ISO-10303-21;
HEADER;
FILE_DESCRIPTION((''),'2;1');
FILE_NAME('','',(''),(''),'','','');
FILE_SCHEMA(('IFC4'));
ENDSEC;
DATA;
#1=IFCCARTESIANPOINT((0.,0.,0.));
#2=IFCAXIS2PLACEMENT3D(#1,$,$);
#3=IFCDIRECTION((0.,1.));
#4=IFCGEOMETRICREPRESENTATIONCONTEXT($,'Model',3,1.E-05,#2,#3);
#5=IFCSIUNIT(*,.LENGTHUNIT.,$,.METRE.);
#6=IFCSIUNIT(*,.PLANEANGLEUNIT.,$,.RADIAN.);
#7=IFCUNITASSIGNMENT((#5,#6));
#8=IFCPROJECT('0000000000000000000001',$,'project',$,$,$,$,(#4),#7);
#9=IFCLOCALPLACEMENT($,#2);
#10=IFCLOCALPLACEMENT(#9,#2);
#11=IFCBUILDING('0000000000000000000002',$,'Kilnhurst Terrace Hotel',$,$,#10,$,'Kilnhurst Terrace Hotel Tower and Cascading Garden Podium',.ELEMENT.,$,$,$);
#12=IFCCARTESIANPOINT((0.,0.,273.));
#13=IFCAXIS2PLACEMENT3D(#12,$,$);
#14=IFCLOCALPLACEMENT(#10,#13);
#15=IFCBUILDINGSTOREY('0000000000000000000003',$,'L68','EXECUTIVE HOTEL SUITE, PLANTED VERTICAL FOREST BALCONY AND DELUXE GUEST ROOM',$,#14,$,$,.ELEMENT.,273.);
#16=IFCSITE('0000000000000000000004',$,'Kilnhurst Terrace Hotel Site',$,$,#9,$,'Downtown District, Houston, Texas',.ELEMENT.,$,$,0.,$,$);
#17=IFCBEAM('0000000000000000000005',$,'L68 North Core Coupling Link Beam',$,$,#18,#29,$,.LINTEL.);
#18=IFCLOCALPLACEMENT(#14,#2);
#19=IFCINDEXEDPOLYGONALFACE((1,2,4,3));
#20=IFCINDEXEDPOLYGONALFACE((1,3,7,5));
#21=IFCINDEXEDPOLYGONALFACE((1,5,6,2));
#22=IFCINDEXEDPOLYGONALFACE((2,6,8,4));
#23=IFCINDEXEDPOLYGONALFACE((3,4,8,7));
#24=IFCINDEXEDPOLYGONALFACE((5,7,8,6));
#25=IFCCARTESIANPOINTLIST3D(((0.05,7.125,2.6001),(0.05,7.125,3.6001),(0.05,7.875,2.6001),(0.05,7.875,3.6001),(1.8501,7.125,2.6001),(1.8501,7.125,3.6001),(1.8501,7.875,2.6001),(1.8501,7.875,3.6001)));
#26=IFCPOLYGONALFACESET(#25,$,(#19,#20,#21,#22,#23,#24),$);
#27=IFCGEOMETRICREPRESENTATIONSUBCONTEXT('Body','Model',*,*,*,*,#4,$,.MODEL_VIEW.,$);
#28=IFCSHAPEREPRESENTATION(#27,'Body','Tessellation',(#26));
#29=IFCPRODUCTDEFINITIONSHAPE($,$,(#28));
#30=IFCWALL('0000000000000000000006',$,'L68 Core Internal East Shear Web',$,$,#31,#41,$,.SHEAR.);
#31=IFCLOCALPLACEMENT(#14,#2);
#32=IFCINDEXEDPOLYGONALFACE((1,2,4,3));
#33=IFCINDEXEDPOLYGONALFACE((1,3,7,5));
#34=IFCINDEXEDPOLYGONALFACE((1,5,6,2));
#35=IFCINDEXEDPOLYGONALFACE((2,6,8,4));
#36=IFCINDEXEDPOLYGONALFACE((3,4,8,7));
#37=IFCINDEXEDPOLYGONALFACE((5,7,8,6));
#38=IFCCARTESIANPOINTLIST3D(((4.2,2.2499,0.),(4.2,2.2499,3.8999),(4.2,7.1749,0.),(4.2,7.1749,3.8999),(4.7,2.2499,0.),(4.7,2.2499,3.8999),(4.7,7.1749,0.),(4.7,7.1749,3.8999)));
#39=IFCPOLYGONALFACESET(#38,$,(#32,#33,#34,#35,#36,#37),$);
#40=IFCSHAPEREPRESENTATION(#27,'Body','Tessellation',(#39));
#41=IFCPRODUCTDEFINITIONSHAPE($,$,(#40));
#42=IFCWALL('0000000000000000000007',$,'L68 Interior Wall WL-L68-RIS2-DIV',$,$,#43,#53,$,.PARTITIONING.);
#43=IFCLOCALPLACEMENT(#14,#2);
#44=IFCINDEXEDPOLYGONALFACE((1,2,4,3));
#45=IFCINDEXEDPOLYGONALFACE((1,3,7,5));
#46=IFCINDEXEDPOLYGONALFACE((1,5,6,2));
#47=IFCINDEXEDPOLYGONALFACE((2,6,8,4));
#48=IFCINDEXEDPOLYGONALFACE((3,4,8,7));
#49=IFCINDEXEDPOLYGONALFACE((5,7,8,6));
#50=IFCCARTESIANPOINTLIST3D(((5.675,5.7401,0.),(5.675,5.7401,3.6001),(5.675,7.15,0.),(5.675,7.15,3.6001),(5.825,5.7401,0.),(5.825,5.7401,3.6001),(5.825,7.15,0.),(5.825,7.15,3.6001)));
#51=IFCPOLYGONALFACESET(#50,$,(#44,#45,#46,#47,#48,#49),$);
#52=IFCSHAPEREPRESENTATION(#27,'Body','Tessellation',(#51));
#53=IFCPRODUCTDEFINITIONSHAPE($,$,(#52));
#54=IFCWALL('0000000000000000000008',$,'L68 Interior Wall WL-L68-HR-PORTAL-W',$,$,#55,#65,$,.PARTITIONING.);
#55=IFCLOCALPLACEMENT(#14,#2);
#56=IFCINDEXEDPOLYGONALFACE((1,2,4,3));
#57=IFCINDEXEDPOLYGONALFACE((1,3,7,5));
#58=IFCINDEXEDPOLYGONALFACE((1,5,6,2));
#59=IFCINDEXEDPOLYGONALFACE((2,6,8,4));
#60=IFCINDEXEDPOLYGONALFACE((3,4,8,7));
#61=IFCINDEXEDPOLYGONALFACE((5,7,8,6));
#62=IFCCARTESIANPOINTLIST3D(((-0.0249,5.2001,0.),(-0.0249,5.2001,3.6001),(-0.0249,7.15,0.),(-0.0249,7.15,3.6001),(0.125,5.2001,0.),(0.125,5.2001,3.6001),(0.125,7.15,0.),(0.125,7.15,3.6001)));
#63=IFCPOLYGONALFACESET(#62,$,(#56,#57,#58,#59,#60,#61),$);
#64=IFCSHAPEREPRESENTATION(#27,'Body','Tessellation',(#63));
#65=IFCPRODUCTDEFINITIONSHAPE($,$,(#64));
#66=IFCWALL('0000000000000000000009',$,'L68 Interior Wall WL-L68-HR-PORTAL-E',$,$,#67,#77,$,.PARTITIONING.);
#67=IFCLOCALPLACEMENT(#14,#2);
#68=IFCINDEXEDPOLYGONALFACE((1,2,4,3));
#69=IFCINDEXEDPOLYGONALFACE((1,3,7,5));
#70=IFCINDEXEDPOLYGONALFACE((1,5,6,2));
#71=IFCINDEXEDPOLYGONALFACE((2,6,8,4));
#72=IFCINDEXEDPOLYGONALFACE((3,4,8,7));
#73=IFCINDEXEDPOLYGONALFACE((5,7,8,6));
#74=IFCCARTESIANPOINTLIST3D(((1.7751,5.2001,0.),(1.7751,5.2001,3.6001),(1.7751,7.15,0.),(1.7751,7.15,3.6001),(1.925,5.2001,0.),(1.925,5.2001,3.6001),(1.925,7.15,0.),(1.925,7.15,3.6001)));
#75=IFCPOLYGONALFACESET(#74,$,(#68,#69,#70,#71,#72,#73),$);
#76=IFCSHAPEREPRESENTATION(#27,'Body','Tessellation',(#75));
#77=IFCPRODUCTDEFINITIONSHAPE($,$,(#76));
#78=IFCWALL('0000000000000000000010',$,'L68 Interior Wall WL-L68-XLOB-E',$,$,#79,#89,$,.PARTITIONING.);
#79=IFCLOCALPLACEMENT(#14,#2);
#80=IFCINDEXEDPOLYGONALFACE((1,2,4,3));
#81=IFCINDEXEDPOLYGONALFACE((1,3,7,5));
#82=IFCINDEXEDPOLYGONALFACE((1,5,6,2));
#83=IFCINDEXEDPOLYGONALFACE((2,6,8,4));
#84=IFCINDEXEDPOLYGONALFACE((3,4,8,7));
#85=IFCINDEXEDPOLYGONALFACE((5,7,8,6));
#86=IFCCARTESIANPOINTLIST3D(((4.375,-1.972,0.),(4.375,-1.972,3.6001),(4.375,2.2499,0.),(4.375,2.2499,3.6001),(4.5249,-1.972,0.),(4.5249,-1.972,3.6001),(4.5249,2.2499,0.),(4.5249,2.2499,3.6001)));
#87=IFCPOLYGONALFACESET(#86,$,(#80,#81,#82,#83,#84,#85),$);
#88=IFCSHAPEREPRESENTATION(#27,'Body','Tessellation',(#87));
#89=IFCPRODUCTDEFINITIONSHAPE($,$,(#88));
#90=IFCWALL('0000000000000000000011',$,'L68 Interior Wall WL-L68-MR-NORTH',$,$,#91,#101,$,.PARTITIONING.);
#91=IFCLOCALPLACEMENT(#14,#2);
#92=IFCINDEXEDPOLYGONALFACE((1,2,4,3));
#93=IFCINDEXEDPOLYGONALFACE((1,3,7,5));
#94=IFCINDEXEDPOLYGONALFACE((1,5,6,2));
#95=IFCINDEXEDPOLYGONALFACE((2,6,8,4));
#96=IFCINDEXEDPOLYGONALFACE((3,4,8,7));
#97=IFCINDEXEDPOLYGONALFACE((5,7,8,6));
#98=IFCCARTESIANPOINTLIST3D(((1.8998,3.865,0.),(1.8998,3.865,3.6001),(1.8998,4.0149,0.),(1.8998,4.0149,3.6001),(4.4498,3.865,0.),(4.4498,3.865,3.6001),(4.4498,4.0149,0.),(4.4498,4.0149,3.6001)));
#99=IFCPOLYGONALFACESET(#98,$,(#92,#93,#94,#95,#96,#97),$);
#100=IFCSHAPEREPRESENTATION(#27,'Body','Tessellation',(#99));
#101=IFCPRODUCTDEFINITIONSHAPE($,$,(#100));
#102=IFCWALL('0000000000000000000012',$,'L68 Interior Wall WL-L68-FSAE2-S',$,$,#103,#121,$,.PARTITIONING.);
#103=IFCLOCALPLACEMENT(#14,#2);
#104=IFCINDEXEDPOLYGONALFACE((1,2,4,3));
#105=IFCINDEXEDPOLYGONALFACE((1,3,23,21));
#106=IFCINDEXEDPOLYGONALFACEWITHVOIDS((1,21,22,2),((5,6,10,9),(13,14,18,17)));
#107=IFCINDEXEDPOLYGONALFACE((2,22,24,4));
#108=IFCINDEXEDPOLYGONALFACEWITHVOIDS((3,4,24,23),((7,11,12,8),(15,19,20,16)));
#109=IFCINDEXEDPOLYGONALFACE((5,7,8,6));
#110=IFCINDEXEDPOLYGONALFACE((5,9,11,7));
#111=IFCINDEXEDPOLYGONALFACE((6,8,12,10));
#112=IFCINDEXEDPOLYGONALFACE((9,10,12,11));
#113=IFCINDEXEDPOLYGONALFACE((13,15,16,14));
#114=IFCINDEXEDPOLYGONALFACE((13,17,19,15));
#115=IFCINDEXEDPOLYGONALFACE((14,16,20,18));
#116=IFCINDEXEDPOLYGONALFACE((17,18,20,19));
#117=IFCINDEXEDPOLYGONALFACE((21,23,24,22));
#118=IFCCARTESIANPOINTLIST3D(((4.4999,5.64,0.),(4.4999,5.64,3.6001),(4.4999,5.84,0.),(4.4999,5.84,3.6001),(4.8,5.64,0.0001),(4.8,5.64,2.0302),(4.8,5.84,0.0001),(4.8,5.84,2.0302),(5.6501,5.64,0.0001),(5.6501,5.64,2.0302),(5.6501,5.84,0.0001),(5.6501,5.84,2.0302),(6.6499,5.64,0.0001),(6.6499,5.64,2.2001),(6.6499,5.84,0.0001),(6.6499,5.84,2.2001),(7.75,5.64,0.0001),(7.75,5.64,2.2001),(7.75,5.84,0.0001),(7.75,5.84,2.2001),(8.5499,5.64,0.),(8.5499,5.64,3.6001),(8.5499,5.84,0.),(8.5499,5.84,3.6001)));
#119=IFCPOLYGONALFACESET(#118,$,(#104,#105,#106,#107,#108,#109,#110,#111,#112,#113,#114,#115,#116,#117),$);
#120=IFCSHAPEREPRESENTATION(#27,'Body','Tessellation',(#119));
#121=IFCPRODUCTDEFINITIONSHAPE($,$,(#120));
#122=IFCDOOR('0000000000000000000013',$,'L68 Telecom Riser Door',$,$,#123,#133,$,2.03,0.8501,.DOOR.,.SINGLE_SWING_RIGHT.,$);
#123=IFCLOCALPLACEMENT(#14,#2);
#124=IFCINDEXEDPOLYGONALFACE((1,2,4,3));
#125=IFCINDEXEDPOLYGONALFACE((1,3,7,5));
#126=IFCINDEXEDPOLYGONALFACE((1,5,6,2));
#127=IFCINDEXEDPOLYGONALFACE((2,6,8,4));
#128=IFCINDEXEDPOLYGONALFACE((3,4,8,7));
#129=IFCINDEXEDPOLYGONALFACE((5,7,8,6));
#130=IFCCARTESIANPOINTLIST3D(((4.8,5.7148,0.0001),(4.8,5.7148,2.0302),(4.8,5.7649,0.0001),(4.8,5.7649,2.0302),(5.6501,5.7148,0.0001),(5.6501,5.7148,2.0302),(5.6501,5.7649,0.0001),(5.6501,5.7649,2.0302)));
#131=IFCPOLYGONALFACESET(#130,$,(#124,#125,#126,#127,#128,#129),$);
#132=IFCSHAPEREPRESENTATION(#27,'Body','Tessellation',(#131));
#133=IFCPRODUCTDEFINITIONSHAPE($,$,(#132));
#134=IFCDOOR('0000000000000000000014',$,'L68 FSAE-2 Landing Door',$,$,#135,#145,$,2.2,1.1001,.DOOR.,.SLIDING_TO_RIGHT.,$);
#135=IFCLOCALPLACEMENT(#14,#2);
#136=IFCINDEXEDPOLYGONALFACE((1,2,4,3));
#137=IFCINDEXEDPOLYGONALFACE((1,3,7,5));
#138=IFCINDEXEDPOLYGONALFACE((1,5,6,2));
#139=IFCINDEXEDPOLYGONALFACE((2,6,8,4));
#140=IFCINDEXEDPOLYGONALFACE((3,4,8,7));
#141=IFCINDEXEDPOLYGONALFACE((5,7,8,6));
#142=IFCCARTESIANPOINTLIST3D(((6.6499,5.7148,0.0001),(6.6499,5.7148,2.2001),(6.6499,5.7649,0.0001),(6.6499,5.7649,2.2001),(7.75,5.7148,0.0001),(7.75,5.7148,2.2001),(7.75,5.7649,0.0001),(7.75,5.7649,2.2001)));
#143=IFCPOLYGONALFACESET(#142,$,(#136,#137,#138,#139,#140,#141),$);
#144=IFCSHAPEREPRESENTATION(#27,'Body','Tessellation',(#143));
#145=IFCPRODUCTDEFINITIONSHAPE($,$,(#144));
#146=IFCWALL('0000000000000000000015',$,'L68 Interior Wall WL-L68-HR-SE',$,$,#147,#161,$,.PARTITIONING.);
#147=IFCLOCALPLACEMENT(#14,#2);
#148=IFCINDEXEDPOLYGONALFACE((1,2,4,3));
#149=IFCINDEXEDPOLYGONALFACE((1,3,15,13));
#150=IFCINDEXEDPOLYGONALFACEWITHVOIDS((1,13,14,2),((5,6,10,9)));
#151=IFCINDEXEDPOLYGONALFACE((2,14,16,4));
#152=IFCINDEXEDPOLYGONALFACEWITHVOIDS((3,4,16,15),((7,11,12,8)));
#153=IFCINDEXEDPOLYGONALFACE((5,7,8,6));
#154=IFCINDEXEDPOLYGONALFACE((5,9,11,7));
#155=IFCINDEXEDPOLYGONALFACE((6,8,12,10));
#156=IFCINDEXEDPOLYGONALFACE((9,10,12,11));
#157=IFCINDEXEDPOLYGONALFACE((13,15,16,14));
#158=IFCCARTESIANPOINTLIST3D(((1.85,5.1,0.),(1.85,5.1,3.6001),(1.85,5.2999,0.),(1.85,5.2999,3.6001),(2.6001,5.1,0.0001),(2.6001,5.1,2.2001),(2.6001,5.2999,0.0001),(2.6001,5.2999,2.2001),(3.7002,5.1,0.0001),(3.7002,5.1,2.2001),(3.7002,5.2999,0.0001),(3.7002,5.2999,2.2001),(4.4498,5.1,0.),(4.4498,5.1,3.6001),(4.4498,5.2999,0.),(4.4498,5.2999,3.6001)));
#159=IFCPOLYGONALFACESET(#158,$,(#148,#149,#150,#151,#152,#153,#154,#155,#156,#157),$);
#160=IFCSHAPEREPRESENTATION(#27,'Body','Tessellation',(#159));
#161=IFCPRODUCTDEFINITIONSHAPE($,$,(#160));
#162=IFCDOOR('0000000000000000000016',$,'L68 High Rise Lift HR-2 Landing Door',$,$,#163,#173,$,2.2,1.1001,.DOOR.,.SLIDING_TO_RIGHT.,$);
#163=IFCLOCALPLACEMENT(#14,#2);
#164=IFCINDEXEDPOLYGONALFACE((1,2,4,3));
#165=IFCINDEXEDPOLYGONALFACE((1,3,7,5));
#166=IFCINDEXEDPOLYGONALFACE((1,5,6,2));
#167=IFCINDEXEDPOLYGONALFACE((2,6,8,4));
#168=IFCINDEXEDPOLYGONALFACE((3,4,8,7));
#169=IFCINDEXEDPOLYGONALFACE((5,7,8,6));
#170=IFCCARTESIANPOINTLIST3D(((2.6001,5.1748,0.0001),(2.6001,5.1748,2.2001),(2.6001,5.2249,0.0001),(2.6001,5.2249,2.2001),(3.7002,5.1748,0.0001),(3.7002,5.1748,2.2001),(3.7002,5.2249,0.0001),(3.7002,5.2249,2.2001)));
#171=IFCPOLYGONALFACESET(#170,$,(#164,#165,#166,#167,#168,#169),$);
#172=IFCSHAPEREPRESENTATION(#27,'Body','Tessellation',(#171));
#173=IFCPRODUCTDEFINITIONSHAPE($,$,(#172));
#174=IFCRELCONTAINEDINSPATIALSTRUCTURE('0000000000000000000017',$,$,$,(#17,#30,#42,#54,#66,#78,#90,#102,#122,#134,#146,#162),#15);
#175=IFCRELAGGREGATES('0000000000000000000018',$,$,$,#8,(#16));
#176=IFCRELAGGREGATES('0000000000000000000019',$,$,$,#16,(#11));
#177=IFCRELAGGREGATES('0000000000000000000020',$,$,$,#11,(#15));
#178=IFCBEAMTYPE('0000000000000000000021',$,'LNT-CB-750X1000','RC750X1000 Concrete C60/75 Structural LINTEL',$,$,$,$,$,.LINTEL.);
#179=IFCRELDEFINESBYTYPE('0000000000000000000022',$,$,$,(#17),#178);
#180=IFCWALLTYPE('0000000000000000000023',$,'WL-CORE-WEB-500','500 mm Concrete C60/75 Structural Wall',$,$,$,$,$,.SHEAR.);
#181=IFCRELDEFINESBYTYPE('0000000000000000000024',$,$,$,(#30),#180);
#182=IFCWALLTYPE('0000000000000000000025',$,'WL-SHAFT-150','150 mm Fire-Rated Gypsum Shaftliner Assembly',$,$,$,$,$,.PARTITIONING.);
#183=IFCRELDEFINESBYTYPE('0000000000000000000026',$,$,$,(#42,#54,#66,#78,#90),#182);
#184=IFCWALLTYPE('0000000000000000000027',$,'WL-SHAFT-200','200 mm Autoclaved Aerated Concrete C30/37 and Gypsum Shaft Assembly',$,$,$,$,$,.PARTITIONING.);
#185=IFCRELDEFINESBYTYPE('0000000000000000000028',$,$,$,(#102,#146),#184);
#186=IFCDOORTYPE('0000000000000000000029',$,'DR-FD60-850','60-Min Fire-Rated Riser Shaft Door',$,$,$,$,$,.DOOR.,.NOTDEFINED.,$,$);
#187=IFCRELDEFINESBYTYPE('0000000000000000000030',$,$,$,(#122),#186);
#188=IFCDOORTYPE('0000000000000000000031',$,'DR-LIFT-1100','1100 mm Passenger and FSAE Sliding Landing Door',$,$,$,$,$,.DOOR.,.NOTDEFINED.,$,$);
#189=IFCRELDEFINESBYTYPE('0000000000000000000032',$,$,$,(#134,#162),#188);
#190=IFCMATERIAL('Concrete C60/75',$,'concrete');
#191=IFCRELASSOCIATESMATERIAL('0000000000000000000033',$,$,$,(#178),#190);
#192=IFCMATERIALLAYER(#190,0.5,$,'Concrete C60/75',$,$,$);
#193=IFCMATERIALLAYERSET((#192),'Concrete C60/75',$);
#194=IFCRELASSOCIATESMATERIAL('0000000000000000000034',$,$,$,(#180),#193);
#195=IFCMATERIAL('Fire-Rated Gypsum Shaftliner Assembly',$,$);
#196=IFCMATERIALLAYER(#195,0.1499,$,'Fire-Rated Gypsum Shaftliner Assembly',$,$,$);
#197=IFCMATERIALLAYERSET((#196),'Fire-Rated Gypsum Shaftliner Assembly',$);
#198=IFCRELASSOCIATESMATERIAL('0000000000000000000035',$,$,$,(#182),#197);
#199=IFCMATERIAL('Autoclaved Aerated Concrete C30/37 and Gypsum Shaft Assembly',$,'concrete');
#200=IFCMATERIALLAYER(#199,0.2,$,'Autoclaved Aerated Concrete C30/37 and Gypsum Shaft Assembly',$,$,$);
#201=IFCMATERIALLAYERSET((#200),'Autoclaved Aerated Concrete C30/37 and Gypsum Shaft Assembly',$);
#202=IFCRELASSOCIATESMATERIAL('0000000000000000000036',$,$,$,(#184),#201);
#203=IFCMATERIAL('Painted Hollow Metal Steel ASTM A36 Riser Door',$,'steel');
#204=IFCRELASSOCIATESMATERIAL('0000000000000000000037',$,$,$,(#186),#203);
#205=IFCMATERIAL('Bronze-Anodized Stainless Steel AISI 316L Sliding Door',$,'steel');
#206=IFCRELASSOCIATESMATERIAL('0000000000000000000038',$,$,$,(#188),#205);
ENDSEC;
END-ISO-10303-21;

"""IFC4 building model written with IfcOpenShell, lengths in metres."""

from ifc_helpers import new_model, si_unit, direction, frame, frame_2d, origin, origin_2d, place, context, subcontext, project, spatial, rectangle, extrude, material, layer, layer_set, material_profile, profile_set, type_object, element, fill, save


model = new_model("IFC4")

# Units and contexts
model_context = context("Model", 3, precision=1e-05, world=origin(), true_north=direction((0.0, 1.0)))
body_context = subcontext(model_context, "Body", "Model", "MODEL_VIEW")
ifc_project = project(units=[si_unit("LENGTHUNIT", "METRE"), si_unit("PLANEANGLEUNIT", "RADIAN")], contexts=[model_context])

# Site, building, storey
site_placement = place(None, origin())
site = spatial("IfcSite", under=ifc_project, at=site_placement, Name="Kilnhurst Terrace Hotel Site", LongName="Downtown District, Houston, Texas", CompositionType="ELEMENT", RefElevation=0.0)
building_placement = place(site_placement, origin())
building = spatial("IfcBuilding", under=site, at=building_placement, Name="Kilnhurst Terrace Hotel", LongName="Kilnhurst Terrace Hotel Tower and Cascading Garden Podium", CompositionType="ELEMENT")
storey_placement = place(building_placement, frame((0.0, 0.0, 273.0)))
storey = spatial("IfcBuildingStorey", under=building, at=storey_placement, Name="L68", Description="EXECUTIVE HOTEL SUITE, PLANTED VERTICAL FOREST BALCONY AND DELUXE GUEST ROOM", CompositionType="ELEMENT", Elevation=273.0)

# Beam
ifc_material_1 = material(Name="Concrete C60/75", Category="concrete")
ifc_material_profile = material_profile(ifc_material_1, rectangle(XDim=0.75, YDim=1.0, at=origin_2d()), Name="RC750X1000")
ifc_profile_set = profile_set([ifc_material_profile], Name="Concrete C60/75")
beam_type = type_object("IfcBeamType", Name="LNT-CB-750X1000", Description="RC750X1000 Concrete C60/75 Structural LINTEL", PredefinedType="LINTEL", material=ifc_profile_set)
beam_placement = place(storey_placement, frame((0.05, 7.5, 3.1001), z_axis=(1.0, 0.0, 0.0), x_axis=(0.0, 1.0, 0.0)))
element("IfcBeam", 1, at=beam_placement, inside=storey, type_object=beam_type, Name="L68 North Core Coupling Link Beam", PredefinedType="LINTEL", context=body_context, shape_type="SweptSolid", body=[
    extrude(rectangle(XDim=0.75, YDim=1.0, at=origin_2d()), origin(), (0.0, 0.0, 1.0), 1.8),
])

# Walls
ifc_layer_1 = layer(ifc_material_1, 0.5, Name="Concrete C60/75")
ifc_layer_set_1 = layer_set([ifc_layer_1], Name="Concrete C60/75")
wall_type_1 = type_object("IfcWallType", Name="WL-CORE-WEB-500", Description="500 mm Concrete C60/75 Structural Wall", PredefinedType="SHEAR", material=ifc_layer_set_1)
wall_1_placement = place(storey_placement, frame((4.45, 2.25, 0.0), z_axis=(0.0, 0.0, 1.0), x_axis=(0.0, 1.0, 0.0)))
element("IfcWall", 2, at=wall_1_placement, inside=storey, type_object=wall_type_1, Name="L68 Core Internal East Shear Web", PredefinedType="SHEAR", context=body_context, shape_type="SweptSolid", body=[
    extrude(rectangle(XDim=4.925, YDim=0.5, at=frame_2d((2.4624, 0.0))), origin(), (0.0, 0.0, 1.0), 3.8999),
])
ifc_material_2 = material(Name="Fire-Rated Gypsum Shaftliner Assembly")
ifc_layer_2 = layer(ifc_material_2, 0.1499, Name="Fire-Rated Gypsum Shaftliner Assembly")
ifc_layer_set_2 = layer_set([ifc_layer_2], Name="Fire-Rated Gypsum Shaftliner Assembly")
wall_type_2 = type_object("IfcWallType", Name="WL-SHAFT-150", Description="150 mm Fire-Rated Gypsum Shaftliner Assembly", PredefinedType="PARTITIONING", material=ifc_layer_set_2)
wall_2_placement = place(storey_placement, frame((5.75, 5.74, 0.0), z_axis=(0.0, 0.0, 1.0), x_axis=(0.0, 1.0, 0.0)))
element("IfcWall", 3, at=wall_2_placement, inside=storey, type_object=wall_type_2, Name="L68 Interior Wall WL-L68-RIS2-DIV", PredefinedType="PARTITIONING", context=body_context, shape_type="SweptSolid", body=[
    extrude(rectangle(XDim=1.4099, YDim=0.1499, at=frame_2d((0.7051, 0.0))), origin(), (0.0, 0.0, 1.0), 3.6001),
])
for number, where, z_axis, x_axis, name in (
    (4, (0.05, 5.2, 0.0), (0.0, 0.0, 1.0), (0.0, 1.0, 0.0), "L68 Interior Wall WL-L68-HR-PORTAL-W"),
    (5, (1.8501, 5.2, 0.0), (0.0, 0.0, 1.0), (0.0, 1.0, 0.0), "L68 Interior Wall WL-L68-HR-PORTAL-E"),
):
    element("IfcWall", number, at=place(storey_placement, frame(where, z_axis=z_axis, x_axis=x_axis)), inside=storey, type_object=wall_type_2, Name=name, PredefinedType="PARTITIONING", context=body_context, shape_type="SweptSolid", body=[
        extrude(rectangle(XDim=1.95, YDim=0.1499, at=frame_2d((0.9751, 0.0))), origin(), (0.0, 0.0, 1.0), 3.6001),
    ])
wall_3_placement = place(storey_placement, frame((4.45, -1.9719, 0.0), z_axis=(0.0, 0.0, 1.0), x_axis=(0.0, 1.0, 0.0)))
element("IfcWall", 6, at=wall_3_placement, inside=storey, type_object=wall_type_2, Name="L68 Interior Wall WL-L68-XLOB-E", PredefinedType="PARTITIONING", context=body_context, shape_type="SweptSolid", body=[
    extrude(rectangle(XDim=4.2219, YDim=0.1499, at=frame_2d((2.1108, 0.0))), origin(), (0.0, 0.0, 1.0), 3.6001),
])
wall_4_placement = place(storey_placement, frame((1.8999, 3.9399, 0.0), z_axis=(0.0, 0.0, 1.0), x_axis=(1.0, 0.0, 0.0)))
element("IfcWall", 7, at=wall_4_placement, inside=storey, type_object=wall_type_2, Name="L68 Interior Wall WL-L68-MR-NORTH", PredefinedType="PARTITIONING", context=body_context, shape_type="SweptSolid", body=[
    extrude(rectangle(XDim=2.55, YDim=0.1499, at=frame_2d((1.2749, 0.0))), origin(), (0.0, 0.0, 1.0), 3.6001),
])

# Wall, openings, doors
ifc_material_3 = material(Name="Autoclaved Aerated Concrete C30/37 and Gypsum Shaft Assembly", Category="concrete")
ifc_layer_3 = layer(ifc_material_3, 0.2, Name="Autoclaved Aerated Concrete C30/37 and Gypsum Shaft Assembly")
ifc_layer_set_3 = layer_set([ifc_layer_3], Name="Autoclaved Aerated Concrete C30/37 and Gypsum Shaft Assembly")
wall_type_3 = type_object("IfcWallType", Name="WL-SHAFT-200", Description="200 mm Autoclaved Aerated Concrete C30/37 and Gypsum Shaft Assembly", PredefinedType="PARTITIONING", material=ifc_layer_set_3)
wall_5_placement = place(storey_placement, frame((4.5, 5.74, 0.0), z_axis=(0.0, 0.0, 1.0), x_axis=(1.0, 0.0, 0.0)))
wall_5 = element("IfcWall", 8, at=wall_5_placement, inside=storey, type_object=wall_type_3, Name="L68 Interior Wall WL-L68-FSAE2-S", PredefinedType="PARTITIONING", context=body_context, shape_type="SweptSolid", body=[
    extrude(rectangle(XDim=4.05, YDim=0.2, at=frame_2d((2.0249, 0.0))), origin(), (0.0, 0.0, 1.0), 3.6001),
])
opening_1_placement = place(wall_5_placement, frame((0.3, 0.0, 0.0)))
opening_1 = element("IfcOpeningElement", 9, at=opening_1_placement, cuts=wall_5, PredefinedType="OPENING", context=body_context, shape_type="SweptSolid", body=[
    extrude(rectangle(XDim=0.8501, YDim=2.03, at=frame_2d((0.425, 1.0151))), frame((0.0, 0.1099, 0.0), z_axis=(0.0, -1.0, 0.0), x_axis=(1.0, 0.0, 0.0)), (0.0, 0.0, 1.0), 0.22),
])
opening_2_placement = place(wall_5_placement, frame((2.1499, 0.0, 0.0)))
opening_2 = element("IfcOpeningElement", 10, at=opening_2_placement, cuts=wall_5, PredefinedType="OPENING", context=body_context, shape_type="SweptSolid", body=[
    extrude(rectangle(XDim=1.1001, YDim=2.2, at=frame_2d((0.55, 1.1001))), frame((0.0, 0.1099, 0.0), z_axis=(0.0, -1.0, 0.0), x_axis=(1.0, 0.0, 0.0)), (0.0, 0.0, 1.0), 0.22),
])
ifc_material_4 = material(Name="Painted Hollow Metal Steel ASTM A36 Riser Door", Category="steel")
door_type_1 = type_object("IfcDoorType", Name="DR-FD60-850", Description="60-Min Fire-Rated Riser Shaft Door", OperationType="NOTDEFINED", PredefinedType="DOOR", material=ifc_material_4)
door_1_placement = place(opening_1_placement, origin())
door_1 = element("IfcDoor", 11, at=door_1_placement, inside=storey, type_object=door_type_1, Name="L68 Telecom Riser Door", OperationType="SINGLE_SWING_RIGHT", OverallHeight=2.03, OverallWidth=0.8501, PredefinedType="DOOR", context=body_context, shape_type="SweptSolid", body=[
    extrude(rectangle(XDim=0.8501, YDim=2.03, at=frame_2d((0.425, 1.0151))), frame((0.0, 0.0249, 0.0), z_axis=(0.0, -1.0, 0.0), x_axis=(1.0, 0.0, 0.0)), (0.0, 0.0, 1.0), 0.05),
])
fill(opening_1, door_1)
ifc_material_5 = material(Name="Bronze-Anodized Stainless Steel AISI 316L Sliding Door", Category="steel")
door_type_2 = type_object("IfcDoorType", Name="DR-LIFT-1100", Description="1100 mm Passenger and FSAE Sliding Landing Door", OperationType="NOTDEFINED", PredefinedType="DOOR", material=ifc_material_5)
door_2_placement = place(opening_2_placement, origin())
door_2 = element("IfcDoor", 12, at=door_2_placement, inside=storey, type_object=door_type_2, Name="L68 FSAE-2 Landing Door", OperationType="SLIDING_TO_RIGHT", OverallHeight=2.2, OverallWidth=1.1001, PredefinedType="DOOR", context=body_context, shape_type="SweptSolid", body=[
    extrude(rectangle(XDim=1.1001, YDim=2.2, at=frame_2d((0.55, 1.1001))), frame((0.0, 0.0249, 0.0), z_axis=(0.0, -1.0, 0.0), x_axis=(1.0, 0.0, 0.0)), (0.0, 0.0, 1.0), 0.05),
])
fill(opening_2, door_2)

# Wall, opening, door
wall_6_placement = place(storey_placement, frame((1.8501, 5.2, 0.0), z_axis=(0.0, 0.0, 1.0), x_axis=(1.0, 0.0, 0.0)))
wall_6 = element("IfcWall", 13, at=wall_6_placement, inside=storey, type_object=wall_type_3, Name="L68 Interior Wall WL-L68-HR-SE", PredefinedType="PARTITIONING", context=body_context, shape_type="SweptSolid", body=[
    extrude(rectangle(XDim=2.5999, YDim=0.2, at=frame_2d((1.2998, 0.0))), origin(), (0.0, 0.0, 1.0), 3.6001),
])
opening_3_placement = place(wall_6_placement, frame((0.75, 0.0, 0.0)))
opening_3 = element("IfcOpeningElement", 14, at=opening_3_placement, cuts=wall_6, PredefinedType="OPENING", context=body_context, shape_type="SweptSolid", body=[
    extrude(rectangle(XDim=1.1001, YDim=2.2, at=frame_2d((0.55, 1.1001))), frame((0.0, 0.1099, 0.0), z_axis=(0.0, -1.0, 0.0), x_axis=(1.0, 0.0, 0.0)), (0.0, 0.0, 1.0), 0.22),
])
door_3_placement = place(opening_3_placement, origin())
door_3 = element("IfcDoor", 15, at=door_3_placement, inside=storey, type_object=door_type_2, Name="L68 High Rise Lift HR-2 Landing Door", OperationType="SLIDING_TO_RIGHT", OverallHeight=2.2, OverallWidth=1.1001, PredefinedType="DOOR", context=body_context, shape_type="SweptSolid", body=[
    extrude(rectangle(XDim=1.1001, YDim=2.2, at=frame_2d((0.55, 1.1001))), frame((0.0, 0.0249, 0.0), z_axis=(0.0, -1.0, 0.0), x_axis=(1.0, 0.0, 0.0)), (0.0, 0.0, 1.0), 0.05),
])
fill(opening_3, door_3)

save(model, "model.ifc")
